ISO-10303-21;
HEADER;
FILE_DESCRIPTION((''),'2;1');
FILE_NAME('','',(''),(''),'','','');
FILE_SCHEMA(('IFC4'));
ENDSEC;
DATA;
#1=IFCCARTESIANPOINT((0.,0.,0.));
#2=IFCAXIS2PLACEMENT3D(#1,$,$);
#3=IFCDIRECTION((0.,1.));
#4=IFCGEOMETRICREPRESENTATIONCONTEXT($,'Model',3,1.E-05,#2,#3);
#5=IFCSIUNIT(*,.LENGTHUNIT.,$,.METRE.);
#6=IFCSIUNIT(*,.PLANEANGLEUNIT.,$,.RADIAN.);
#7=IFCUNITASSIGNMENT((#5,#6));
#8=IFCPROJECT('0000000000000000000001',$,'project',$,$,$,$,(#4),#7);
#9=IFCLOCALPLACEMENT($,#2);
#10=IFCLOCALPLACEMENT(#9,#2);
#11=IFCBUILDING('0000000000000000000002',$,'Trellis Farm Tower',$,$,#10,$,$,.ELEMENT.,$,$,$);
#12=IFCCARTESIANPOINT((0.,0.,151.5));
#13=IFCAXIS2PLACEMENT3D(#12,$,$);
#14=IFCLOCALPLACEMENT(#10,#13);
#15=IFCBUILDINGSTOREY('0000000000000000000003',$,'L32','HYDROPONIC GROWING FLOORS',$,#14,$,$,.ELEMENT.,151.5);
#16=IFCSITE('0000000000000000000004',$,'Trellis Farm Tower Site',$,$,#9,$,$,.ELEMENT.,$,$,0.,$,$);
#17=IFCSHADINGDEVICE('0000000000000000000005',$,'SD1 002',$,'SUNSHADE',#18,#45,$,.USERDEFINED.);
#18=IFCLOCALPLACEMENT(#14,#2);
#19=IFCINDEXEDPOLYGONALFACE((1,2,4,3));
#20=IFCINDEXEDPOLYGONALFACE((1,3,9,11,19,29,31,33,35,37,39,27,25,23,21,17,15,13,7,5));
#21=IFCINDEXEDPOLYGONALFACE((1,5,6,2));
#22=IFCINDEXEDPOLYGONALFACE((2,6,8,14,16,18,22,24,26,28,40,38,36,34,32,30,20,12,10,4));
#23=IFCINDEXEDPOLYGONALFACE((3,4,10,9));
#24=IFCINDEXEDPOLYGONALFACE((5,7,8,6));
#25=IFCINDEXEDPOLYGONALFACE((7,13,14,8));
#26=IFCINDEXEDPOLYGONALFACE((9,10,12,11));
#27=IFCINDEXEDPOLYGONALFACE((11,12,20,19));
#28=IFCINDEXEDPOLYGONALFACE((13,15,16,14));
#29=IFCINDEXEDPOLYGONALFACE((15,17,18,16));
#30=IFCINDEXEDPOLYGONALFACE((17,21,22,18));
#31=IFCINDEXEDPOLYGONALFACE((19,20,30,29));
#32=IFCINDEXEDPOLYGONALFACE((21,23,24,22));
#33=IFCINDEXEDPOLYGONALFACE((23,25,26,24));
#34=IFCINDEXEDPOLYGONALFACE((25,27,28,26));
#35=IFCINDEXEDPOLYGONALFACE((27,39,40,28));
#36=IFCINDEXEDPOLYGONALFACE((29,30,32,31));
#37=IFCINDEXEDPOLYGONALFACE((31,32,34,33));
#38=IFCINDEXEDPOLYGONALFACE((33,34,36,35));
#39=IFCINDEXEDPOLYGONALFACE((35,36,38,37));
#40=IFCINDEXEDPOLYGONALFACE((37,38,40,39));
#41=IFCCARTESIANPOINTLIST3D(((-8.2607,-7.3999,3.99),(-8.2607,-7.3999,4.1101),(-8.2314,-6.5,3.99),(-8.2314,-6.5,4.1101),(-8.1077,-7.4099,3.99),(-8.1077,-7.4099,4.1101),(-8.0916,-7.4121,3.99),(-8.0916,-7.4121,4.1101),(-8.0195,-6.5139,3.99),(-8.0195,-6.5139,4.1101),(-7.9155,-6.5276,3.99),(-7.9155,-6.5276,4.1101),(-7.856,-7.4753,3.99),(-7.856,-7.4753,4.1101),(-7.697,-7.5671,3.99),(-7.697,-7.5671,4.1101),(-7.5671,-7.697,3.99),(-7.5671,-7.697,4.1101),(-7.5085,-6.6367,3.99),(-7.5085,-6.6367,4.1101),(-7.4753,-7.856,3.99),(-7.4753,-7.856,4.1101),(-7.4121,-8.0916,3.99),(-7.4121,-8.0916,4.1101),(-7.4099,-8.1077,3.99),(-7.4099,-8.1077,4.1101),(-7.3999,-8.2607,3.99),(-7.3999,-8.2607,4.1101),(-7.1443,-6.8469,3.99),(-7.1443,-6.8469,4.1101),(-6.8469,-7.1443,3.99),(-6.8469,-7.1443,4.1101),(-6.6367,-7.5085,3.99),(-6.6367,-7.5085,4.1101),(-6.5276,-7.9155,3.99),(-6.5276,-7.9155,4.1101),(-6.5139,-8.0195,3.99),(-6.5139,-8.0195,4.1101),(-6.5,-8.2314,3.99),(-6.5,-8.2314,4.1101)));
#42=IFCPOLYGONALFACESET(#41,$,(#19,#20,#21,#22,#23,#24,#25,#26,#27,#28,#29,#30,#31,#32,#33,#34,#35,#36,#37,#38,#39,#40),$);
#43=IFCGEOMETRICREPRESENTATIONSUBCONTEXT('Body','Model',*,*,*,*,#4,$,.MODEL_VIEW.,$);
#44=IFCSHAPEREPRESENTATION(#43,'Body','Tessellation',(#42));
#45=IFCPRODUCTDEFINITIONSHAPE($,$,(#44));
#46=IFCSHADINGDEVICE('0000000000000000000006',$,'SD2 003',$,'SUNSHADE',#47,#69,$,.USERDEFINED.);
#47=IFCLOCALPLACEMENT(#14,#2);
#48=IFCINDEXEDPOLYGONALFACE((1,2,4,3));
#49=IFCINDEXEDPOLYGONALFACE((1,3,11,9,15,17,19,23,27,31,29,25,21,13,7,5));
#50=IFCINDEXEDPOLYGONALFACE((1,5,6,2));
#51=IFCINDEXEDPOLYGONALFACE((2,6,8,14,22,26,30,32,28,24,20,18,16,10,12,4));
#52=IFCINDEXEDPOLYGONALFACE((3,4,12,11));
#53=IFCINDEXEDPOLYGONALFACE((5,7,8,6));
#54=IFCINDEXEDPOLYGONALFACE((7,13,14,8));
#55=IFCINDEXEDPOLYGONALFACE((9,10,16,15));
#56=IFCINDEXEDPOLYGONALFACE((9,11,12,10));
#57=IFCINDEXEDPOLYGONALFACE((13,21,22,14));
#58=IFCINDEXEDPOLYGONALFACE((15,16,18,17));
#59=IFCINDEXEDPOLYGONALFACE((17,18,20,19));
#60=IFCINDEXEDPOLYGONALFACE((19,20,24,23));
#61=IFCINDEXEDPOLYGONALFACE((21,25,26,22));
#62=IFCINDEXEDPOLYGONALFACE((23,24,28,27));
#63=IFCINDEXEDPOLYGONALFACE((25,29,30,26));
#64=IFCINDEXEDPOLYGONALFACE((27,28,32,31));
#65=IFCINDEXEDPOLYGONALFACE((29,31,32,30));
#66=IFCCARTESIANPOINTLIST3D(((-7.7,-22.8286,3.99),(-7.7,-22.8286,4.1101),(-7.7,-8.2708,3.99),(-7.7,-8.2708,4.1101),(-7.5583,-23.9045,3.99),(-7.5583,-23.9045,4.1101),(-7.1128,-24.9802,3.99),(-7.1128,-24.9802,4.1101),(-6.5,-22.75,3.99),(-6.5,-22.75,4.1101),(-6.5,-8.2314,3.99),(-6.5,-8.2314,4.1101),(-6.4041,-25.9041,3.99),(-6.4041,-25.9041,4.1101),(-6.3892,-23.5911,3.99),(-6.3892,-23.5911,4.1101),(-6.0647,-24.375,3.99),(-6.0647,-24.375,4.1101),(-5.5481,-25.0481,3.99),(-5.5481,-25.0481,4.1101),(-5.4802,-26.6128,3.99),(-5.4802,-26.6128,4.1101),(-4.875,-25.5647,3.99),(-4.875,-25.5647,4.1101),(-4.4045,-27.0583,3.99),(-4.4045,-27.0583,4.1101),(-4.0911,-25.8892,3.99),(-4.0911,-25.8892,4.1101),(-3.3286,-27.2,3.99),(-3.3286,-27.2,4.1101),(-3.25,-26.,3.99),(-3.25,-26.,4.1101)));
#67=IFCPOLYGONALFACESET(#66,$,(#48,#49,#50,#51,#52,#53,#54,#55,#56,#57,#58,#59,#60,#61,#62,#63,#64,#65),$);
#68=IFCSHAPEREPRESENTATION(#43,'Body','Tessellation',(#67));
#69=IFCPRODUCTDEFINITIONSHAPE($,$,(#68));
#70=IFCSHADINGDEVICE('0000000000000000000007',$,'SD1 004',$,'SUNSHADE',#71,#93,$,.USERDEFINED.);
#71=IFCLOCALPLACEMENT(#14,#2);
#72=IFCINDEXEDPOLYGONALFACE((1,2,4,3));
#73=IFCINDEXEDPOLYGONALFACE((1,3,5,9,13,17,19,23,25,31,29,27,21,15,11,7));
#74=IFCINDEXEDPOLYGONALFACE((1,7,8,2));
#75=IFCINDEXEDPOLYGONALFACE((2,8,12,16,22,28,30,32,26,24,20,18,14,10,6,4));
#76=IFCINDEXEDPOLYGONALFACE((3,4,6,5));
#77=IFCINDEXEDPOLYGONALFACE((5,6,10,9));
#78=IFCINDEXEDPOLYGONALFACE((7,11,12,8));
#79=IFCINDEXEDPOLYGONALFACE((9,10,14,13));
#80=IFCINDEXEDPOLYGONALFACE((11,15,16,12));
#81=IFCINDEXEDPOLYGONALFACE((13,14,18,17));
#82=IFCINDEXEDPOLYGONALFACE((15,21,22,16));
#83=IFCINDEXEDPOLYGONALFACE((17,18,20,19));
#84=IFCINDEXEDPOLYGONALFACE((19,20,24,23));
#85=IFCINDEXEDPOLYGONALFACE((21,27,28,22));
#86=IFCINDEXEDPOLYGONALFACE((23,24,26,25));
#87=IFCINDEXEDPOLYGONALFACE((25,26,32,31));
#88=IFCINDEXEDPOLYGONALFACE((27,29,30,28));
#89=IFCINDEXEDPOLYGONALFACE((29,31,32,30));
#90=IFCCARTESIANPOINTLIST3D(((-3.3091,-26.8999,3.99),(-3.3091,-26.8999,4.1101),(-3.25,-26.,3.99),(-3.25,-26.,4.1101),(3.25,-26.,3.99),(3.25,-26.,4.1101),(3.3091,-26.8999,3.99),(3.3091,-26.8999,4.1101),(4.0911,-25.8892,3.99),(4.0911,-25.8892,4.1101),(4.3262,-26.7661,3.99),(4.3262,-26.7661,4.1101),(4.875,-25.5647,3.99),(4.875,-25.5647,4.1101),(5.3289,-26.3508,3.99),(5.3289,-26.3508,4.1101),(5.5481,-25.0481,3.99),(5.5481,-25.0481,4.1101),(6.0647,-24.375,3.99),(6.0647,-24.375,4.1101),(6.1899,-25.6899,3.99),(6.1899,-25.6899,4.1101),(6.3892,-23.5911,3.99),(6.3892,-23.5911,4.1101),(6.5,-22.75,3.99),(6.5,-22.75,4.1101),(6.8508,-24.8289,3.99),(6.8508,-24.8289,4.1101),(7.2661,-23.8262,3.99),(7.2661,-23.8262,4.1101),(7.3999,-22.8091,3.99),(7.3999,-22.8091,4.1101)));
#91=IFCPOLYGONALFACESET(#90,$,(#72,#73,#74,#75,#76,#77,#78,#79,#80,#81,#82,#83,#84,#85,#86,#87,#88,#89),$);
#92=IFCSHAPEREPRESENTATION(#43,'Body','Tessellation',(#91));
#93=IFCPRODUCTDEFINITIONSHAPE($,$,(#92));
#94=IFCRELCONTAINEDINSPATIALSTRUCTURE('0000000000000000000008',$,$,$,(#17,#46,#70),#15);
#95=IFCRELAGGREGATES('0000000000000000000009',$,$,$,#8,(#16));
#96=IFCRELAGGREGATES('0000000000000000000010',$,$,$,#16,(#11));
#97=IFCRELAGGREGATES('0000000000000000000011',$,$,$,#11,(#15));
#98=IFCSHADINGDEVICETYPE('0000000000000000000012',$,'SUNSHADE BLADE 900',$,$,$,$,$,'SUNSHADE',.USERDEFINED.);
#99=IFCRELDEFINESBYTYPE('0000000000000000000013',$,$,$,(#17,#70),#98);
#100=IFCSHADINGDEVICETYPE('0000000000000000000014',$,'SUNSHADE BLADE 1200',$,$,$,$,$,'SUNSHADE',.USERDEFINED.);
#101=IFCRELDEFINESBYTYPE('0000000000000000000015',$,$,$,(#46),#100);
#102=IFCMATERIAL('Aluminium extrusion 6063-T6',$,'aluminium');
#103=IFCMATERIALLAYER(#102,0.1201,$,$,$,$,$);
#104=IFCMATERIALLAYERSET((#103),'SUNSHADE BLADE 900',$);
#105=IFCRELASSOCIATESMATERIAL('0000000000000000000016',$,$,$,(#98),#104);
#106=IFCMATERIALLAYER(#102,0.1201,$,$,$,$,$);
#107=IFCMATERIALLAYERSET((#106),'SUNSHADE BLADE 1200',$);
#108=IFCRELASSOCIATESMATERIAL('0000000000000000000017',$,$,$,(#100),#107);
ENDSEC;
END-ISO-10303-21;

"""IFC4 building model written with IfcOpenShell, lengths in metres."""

from ifc_helpers import new_model, si_unit, direction, frame, origin, place, context, subcontext, project, spatial, polyline, outline, extrude, source, transform, mapped, material, layer, layer_set, type_object, element, save


model = new_model("IFC4")

# Units and contexts
model_context = context("Model", 3, precision=1e-05, world=origin(), true_north=direction((0.0, 1.0)))
body_context = subcontext(model_context, "Body", "Model", "MODEL_VIEW")
ifc_project = project(units=[si_unit("LENGTHUNIT", "METRE"), si_unit("PLANEANGLEUNIT", "RADIAN")], contexts=[model_context])

# Site, building, storey
site_placement = place(None, origin())
site = spatial("IfcSite", under=ifc_project, at=site_placement, Name="Trellis Farm Tower Site", CompositionType="ELEMENT", RefElevation=0.0)
building_placement = place(site_placement, origin())
building = spatial("IfcBuilding", under=site, at=building_placement, Name="Trellis Farm Tower", CompositionType="ELEMENT")
storey_placement = place(building_placement, frame((0.0, 0.0, 151.5)))
storey = spatial("IfcBuildingStorey", under=building, at=storey_placement, Name="L32", Description="HYDROPONIC GROWING FLOORS", CompositionType="ELEMENT", Elevation=151.5)

# Shared definitions
ifc_material_1 = material(Name="Aluminium extrusion 6063-T6", Category="aluminium")

# Shading devices
ifc_layer_1 = layer(ifc_material_1, 0.1201)
ifc_layer_set_1 = layer_set([ifc_layer_1], Name="SUNSHADE BLADE 900")
shading_device_type_1 = type_object("IfcShadingDeviceType", Name="SUNSHADE BLADE 900", ElementType="SUNSHADE", PredefinedType="USERDEFINED", material=ifc_layer_set_1)
placement_1 = place(storey_placement, frame((0.0, 0.0, 3.99)))
shared_shape_1 = source(origin(), body_context, "Body", "SweptSolid", [
    extrude(outline(polyline([(-8.2607, -7.3999), (-8.1077, -7.4099), (-8.0916, -7.4121), (-7.856, -7.4753), (-7.697, -7.5671), (-7.5671, -7.697), (-7.4753, -7.856), (-7.4121, -8.0916), (-7.4099, -8.1077), (-7.3999, -8.2607), (-6.5, -8.2314), (-6.5139, -8.0195), (-6.5276, -7.9155), (-6.6367, -7.5085), (-6.8469, -7.1443), (-7.1443, -6.8469), (-7.5085, -6.6367), (-7.9155, -6.5276), (-8.0195, -6.5139), (-8.2314, -6.5), (-8.2607, -7.3999)])), origin(), (0.0, 0.0, 1.0), 0.1201),
])
element("IfcShadingDevice", 1, at=placement_1, inside=storey, type_object=shading_device_type_1, Name="SD1 002", ObjectType="SUNSHADE", PredefinedType="USERDEFINED", context=body_context, shape_type="MappedRepresentation", body=[
    mapped(shared_shape_1, transform((0.0, 0.0, 0.0))),
])
ifc_layer_2 = layer(ifc_material_1, 0.1201)
ifc_layer_set_2 = layer_set([ifc_layer_2], Name="SUNSHADE BLADE 1200")
shading_device_type_2 = type_object("IfcShadingDeviceType", Name="SUNSHADE BLADE 1200", ElementType="SUNSHADE", PredefinedType="USERDEFINED", material=ifc_layer_set_2)
shared_shape_2 = source(origin(), body_context, "Body", "SweptSolid", [
    extrude(outline(polyline([(-7.7, -8.2708), (-7.7, -22.8286), (-7.5583, -23.9045), (-7.1128, -24.9802), (-6.4041, -25.9041), (-5.4802, -26.6128), (-4.4045, -27.0583), (-3.3286, -27.2), (-3.25, -26.0), (-4.0911, -25.8892), (-4.875, -25.5647), (-5.5481, -25.0481), (-6.0647, -24.375), (-6.3892, -23.5911), (-6.5, -22.75), (-6.5, -8.2314), (-7.7, -8.2708)])), origin(), (0.0, 0.0, 1.0), 0.1201),
])
element("IfcShadingDevice", 2, at=placement_1, inside=storey, type_object=shading_device_type_2, Name="SD2 003", ObjectType="SUNSHADE", PredefinedType="USERDEFINED", context=body_context, shape_type="MappedRepresentation", body=[
    mapped(shared_shape_2, transform((0.0, 0.0, 0.0))),
])
shared_shape_3 = source(origin(), body_context, "Body", "SweptSolid", [
    extrude(outline(polyline([(-3.3091, -26.8999), (3.3091, -26.8999), (4.3262, -26.7661), (5.3289, -26.3508), (6.1899, -25.6899), (6.8508, -24.8289), (7.2661, -23.8262), (7.3999, -22.8091), (6.5, -22.75), (6.3892, -23.5911), (6.0647, -24.375), (5.5481, -25.0481), (4.875, -25.5647), (4.0911, -25.8892), (3.25, -26.0), (-3.25, -26.0), (-3.3091, -26.8999)])), origin(), (0.0, 0.0, 1.0), 0.1201),
])
element("IfcShadingDevice", 3, at=placement_1, inside=storey, type_object=shading_device_type_1, Name="SD1 004", ObjectType="SUNSHADE", PredefinedType="USERDEFINED", context=body_context, shape_type="MappedRepresentation", body=[
    mapped(shared_shape_3, transform((0.0, 0.0, 0.0))),
])

save(model, "model.ifc")
